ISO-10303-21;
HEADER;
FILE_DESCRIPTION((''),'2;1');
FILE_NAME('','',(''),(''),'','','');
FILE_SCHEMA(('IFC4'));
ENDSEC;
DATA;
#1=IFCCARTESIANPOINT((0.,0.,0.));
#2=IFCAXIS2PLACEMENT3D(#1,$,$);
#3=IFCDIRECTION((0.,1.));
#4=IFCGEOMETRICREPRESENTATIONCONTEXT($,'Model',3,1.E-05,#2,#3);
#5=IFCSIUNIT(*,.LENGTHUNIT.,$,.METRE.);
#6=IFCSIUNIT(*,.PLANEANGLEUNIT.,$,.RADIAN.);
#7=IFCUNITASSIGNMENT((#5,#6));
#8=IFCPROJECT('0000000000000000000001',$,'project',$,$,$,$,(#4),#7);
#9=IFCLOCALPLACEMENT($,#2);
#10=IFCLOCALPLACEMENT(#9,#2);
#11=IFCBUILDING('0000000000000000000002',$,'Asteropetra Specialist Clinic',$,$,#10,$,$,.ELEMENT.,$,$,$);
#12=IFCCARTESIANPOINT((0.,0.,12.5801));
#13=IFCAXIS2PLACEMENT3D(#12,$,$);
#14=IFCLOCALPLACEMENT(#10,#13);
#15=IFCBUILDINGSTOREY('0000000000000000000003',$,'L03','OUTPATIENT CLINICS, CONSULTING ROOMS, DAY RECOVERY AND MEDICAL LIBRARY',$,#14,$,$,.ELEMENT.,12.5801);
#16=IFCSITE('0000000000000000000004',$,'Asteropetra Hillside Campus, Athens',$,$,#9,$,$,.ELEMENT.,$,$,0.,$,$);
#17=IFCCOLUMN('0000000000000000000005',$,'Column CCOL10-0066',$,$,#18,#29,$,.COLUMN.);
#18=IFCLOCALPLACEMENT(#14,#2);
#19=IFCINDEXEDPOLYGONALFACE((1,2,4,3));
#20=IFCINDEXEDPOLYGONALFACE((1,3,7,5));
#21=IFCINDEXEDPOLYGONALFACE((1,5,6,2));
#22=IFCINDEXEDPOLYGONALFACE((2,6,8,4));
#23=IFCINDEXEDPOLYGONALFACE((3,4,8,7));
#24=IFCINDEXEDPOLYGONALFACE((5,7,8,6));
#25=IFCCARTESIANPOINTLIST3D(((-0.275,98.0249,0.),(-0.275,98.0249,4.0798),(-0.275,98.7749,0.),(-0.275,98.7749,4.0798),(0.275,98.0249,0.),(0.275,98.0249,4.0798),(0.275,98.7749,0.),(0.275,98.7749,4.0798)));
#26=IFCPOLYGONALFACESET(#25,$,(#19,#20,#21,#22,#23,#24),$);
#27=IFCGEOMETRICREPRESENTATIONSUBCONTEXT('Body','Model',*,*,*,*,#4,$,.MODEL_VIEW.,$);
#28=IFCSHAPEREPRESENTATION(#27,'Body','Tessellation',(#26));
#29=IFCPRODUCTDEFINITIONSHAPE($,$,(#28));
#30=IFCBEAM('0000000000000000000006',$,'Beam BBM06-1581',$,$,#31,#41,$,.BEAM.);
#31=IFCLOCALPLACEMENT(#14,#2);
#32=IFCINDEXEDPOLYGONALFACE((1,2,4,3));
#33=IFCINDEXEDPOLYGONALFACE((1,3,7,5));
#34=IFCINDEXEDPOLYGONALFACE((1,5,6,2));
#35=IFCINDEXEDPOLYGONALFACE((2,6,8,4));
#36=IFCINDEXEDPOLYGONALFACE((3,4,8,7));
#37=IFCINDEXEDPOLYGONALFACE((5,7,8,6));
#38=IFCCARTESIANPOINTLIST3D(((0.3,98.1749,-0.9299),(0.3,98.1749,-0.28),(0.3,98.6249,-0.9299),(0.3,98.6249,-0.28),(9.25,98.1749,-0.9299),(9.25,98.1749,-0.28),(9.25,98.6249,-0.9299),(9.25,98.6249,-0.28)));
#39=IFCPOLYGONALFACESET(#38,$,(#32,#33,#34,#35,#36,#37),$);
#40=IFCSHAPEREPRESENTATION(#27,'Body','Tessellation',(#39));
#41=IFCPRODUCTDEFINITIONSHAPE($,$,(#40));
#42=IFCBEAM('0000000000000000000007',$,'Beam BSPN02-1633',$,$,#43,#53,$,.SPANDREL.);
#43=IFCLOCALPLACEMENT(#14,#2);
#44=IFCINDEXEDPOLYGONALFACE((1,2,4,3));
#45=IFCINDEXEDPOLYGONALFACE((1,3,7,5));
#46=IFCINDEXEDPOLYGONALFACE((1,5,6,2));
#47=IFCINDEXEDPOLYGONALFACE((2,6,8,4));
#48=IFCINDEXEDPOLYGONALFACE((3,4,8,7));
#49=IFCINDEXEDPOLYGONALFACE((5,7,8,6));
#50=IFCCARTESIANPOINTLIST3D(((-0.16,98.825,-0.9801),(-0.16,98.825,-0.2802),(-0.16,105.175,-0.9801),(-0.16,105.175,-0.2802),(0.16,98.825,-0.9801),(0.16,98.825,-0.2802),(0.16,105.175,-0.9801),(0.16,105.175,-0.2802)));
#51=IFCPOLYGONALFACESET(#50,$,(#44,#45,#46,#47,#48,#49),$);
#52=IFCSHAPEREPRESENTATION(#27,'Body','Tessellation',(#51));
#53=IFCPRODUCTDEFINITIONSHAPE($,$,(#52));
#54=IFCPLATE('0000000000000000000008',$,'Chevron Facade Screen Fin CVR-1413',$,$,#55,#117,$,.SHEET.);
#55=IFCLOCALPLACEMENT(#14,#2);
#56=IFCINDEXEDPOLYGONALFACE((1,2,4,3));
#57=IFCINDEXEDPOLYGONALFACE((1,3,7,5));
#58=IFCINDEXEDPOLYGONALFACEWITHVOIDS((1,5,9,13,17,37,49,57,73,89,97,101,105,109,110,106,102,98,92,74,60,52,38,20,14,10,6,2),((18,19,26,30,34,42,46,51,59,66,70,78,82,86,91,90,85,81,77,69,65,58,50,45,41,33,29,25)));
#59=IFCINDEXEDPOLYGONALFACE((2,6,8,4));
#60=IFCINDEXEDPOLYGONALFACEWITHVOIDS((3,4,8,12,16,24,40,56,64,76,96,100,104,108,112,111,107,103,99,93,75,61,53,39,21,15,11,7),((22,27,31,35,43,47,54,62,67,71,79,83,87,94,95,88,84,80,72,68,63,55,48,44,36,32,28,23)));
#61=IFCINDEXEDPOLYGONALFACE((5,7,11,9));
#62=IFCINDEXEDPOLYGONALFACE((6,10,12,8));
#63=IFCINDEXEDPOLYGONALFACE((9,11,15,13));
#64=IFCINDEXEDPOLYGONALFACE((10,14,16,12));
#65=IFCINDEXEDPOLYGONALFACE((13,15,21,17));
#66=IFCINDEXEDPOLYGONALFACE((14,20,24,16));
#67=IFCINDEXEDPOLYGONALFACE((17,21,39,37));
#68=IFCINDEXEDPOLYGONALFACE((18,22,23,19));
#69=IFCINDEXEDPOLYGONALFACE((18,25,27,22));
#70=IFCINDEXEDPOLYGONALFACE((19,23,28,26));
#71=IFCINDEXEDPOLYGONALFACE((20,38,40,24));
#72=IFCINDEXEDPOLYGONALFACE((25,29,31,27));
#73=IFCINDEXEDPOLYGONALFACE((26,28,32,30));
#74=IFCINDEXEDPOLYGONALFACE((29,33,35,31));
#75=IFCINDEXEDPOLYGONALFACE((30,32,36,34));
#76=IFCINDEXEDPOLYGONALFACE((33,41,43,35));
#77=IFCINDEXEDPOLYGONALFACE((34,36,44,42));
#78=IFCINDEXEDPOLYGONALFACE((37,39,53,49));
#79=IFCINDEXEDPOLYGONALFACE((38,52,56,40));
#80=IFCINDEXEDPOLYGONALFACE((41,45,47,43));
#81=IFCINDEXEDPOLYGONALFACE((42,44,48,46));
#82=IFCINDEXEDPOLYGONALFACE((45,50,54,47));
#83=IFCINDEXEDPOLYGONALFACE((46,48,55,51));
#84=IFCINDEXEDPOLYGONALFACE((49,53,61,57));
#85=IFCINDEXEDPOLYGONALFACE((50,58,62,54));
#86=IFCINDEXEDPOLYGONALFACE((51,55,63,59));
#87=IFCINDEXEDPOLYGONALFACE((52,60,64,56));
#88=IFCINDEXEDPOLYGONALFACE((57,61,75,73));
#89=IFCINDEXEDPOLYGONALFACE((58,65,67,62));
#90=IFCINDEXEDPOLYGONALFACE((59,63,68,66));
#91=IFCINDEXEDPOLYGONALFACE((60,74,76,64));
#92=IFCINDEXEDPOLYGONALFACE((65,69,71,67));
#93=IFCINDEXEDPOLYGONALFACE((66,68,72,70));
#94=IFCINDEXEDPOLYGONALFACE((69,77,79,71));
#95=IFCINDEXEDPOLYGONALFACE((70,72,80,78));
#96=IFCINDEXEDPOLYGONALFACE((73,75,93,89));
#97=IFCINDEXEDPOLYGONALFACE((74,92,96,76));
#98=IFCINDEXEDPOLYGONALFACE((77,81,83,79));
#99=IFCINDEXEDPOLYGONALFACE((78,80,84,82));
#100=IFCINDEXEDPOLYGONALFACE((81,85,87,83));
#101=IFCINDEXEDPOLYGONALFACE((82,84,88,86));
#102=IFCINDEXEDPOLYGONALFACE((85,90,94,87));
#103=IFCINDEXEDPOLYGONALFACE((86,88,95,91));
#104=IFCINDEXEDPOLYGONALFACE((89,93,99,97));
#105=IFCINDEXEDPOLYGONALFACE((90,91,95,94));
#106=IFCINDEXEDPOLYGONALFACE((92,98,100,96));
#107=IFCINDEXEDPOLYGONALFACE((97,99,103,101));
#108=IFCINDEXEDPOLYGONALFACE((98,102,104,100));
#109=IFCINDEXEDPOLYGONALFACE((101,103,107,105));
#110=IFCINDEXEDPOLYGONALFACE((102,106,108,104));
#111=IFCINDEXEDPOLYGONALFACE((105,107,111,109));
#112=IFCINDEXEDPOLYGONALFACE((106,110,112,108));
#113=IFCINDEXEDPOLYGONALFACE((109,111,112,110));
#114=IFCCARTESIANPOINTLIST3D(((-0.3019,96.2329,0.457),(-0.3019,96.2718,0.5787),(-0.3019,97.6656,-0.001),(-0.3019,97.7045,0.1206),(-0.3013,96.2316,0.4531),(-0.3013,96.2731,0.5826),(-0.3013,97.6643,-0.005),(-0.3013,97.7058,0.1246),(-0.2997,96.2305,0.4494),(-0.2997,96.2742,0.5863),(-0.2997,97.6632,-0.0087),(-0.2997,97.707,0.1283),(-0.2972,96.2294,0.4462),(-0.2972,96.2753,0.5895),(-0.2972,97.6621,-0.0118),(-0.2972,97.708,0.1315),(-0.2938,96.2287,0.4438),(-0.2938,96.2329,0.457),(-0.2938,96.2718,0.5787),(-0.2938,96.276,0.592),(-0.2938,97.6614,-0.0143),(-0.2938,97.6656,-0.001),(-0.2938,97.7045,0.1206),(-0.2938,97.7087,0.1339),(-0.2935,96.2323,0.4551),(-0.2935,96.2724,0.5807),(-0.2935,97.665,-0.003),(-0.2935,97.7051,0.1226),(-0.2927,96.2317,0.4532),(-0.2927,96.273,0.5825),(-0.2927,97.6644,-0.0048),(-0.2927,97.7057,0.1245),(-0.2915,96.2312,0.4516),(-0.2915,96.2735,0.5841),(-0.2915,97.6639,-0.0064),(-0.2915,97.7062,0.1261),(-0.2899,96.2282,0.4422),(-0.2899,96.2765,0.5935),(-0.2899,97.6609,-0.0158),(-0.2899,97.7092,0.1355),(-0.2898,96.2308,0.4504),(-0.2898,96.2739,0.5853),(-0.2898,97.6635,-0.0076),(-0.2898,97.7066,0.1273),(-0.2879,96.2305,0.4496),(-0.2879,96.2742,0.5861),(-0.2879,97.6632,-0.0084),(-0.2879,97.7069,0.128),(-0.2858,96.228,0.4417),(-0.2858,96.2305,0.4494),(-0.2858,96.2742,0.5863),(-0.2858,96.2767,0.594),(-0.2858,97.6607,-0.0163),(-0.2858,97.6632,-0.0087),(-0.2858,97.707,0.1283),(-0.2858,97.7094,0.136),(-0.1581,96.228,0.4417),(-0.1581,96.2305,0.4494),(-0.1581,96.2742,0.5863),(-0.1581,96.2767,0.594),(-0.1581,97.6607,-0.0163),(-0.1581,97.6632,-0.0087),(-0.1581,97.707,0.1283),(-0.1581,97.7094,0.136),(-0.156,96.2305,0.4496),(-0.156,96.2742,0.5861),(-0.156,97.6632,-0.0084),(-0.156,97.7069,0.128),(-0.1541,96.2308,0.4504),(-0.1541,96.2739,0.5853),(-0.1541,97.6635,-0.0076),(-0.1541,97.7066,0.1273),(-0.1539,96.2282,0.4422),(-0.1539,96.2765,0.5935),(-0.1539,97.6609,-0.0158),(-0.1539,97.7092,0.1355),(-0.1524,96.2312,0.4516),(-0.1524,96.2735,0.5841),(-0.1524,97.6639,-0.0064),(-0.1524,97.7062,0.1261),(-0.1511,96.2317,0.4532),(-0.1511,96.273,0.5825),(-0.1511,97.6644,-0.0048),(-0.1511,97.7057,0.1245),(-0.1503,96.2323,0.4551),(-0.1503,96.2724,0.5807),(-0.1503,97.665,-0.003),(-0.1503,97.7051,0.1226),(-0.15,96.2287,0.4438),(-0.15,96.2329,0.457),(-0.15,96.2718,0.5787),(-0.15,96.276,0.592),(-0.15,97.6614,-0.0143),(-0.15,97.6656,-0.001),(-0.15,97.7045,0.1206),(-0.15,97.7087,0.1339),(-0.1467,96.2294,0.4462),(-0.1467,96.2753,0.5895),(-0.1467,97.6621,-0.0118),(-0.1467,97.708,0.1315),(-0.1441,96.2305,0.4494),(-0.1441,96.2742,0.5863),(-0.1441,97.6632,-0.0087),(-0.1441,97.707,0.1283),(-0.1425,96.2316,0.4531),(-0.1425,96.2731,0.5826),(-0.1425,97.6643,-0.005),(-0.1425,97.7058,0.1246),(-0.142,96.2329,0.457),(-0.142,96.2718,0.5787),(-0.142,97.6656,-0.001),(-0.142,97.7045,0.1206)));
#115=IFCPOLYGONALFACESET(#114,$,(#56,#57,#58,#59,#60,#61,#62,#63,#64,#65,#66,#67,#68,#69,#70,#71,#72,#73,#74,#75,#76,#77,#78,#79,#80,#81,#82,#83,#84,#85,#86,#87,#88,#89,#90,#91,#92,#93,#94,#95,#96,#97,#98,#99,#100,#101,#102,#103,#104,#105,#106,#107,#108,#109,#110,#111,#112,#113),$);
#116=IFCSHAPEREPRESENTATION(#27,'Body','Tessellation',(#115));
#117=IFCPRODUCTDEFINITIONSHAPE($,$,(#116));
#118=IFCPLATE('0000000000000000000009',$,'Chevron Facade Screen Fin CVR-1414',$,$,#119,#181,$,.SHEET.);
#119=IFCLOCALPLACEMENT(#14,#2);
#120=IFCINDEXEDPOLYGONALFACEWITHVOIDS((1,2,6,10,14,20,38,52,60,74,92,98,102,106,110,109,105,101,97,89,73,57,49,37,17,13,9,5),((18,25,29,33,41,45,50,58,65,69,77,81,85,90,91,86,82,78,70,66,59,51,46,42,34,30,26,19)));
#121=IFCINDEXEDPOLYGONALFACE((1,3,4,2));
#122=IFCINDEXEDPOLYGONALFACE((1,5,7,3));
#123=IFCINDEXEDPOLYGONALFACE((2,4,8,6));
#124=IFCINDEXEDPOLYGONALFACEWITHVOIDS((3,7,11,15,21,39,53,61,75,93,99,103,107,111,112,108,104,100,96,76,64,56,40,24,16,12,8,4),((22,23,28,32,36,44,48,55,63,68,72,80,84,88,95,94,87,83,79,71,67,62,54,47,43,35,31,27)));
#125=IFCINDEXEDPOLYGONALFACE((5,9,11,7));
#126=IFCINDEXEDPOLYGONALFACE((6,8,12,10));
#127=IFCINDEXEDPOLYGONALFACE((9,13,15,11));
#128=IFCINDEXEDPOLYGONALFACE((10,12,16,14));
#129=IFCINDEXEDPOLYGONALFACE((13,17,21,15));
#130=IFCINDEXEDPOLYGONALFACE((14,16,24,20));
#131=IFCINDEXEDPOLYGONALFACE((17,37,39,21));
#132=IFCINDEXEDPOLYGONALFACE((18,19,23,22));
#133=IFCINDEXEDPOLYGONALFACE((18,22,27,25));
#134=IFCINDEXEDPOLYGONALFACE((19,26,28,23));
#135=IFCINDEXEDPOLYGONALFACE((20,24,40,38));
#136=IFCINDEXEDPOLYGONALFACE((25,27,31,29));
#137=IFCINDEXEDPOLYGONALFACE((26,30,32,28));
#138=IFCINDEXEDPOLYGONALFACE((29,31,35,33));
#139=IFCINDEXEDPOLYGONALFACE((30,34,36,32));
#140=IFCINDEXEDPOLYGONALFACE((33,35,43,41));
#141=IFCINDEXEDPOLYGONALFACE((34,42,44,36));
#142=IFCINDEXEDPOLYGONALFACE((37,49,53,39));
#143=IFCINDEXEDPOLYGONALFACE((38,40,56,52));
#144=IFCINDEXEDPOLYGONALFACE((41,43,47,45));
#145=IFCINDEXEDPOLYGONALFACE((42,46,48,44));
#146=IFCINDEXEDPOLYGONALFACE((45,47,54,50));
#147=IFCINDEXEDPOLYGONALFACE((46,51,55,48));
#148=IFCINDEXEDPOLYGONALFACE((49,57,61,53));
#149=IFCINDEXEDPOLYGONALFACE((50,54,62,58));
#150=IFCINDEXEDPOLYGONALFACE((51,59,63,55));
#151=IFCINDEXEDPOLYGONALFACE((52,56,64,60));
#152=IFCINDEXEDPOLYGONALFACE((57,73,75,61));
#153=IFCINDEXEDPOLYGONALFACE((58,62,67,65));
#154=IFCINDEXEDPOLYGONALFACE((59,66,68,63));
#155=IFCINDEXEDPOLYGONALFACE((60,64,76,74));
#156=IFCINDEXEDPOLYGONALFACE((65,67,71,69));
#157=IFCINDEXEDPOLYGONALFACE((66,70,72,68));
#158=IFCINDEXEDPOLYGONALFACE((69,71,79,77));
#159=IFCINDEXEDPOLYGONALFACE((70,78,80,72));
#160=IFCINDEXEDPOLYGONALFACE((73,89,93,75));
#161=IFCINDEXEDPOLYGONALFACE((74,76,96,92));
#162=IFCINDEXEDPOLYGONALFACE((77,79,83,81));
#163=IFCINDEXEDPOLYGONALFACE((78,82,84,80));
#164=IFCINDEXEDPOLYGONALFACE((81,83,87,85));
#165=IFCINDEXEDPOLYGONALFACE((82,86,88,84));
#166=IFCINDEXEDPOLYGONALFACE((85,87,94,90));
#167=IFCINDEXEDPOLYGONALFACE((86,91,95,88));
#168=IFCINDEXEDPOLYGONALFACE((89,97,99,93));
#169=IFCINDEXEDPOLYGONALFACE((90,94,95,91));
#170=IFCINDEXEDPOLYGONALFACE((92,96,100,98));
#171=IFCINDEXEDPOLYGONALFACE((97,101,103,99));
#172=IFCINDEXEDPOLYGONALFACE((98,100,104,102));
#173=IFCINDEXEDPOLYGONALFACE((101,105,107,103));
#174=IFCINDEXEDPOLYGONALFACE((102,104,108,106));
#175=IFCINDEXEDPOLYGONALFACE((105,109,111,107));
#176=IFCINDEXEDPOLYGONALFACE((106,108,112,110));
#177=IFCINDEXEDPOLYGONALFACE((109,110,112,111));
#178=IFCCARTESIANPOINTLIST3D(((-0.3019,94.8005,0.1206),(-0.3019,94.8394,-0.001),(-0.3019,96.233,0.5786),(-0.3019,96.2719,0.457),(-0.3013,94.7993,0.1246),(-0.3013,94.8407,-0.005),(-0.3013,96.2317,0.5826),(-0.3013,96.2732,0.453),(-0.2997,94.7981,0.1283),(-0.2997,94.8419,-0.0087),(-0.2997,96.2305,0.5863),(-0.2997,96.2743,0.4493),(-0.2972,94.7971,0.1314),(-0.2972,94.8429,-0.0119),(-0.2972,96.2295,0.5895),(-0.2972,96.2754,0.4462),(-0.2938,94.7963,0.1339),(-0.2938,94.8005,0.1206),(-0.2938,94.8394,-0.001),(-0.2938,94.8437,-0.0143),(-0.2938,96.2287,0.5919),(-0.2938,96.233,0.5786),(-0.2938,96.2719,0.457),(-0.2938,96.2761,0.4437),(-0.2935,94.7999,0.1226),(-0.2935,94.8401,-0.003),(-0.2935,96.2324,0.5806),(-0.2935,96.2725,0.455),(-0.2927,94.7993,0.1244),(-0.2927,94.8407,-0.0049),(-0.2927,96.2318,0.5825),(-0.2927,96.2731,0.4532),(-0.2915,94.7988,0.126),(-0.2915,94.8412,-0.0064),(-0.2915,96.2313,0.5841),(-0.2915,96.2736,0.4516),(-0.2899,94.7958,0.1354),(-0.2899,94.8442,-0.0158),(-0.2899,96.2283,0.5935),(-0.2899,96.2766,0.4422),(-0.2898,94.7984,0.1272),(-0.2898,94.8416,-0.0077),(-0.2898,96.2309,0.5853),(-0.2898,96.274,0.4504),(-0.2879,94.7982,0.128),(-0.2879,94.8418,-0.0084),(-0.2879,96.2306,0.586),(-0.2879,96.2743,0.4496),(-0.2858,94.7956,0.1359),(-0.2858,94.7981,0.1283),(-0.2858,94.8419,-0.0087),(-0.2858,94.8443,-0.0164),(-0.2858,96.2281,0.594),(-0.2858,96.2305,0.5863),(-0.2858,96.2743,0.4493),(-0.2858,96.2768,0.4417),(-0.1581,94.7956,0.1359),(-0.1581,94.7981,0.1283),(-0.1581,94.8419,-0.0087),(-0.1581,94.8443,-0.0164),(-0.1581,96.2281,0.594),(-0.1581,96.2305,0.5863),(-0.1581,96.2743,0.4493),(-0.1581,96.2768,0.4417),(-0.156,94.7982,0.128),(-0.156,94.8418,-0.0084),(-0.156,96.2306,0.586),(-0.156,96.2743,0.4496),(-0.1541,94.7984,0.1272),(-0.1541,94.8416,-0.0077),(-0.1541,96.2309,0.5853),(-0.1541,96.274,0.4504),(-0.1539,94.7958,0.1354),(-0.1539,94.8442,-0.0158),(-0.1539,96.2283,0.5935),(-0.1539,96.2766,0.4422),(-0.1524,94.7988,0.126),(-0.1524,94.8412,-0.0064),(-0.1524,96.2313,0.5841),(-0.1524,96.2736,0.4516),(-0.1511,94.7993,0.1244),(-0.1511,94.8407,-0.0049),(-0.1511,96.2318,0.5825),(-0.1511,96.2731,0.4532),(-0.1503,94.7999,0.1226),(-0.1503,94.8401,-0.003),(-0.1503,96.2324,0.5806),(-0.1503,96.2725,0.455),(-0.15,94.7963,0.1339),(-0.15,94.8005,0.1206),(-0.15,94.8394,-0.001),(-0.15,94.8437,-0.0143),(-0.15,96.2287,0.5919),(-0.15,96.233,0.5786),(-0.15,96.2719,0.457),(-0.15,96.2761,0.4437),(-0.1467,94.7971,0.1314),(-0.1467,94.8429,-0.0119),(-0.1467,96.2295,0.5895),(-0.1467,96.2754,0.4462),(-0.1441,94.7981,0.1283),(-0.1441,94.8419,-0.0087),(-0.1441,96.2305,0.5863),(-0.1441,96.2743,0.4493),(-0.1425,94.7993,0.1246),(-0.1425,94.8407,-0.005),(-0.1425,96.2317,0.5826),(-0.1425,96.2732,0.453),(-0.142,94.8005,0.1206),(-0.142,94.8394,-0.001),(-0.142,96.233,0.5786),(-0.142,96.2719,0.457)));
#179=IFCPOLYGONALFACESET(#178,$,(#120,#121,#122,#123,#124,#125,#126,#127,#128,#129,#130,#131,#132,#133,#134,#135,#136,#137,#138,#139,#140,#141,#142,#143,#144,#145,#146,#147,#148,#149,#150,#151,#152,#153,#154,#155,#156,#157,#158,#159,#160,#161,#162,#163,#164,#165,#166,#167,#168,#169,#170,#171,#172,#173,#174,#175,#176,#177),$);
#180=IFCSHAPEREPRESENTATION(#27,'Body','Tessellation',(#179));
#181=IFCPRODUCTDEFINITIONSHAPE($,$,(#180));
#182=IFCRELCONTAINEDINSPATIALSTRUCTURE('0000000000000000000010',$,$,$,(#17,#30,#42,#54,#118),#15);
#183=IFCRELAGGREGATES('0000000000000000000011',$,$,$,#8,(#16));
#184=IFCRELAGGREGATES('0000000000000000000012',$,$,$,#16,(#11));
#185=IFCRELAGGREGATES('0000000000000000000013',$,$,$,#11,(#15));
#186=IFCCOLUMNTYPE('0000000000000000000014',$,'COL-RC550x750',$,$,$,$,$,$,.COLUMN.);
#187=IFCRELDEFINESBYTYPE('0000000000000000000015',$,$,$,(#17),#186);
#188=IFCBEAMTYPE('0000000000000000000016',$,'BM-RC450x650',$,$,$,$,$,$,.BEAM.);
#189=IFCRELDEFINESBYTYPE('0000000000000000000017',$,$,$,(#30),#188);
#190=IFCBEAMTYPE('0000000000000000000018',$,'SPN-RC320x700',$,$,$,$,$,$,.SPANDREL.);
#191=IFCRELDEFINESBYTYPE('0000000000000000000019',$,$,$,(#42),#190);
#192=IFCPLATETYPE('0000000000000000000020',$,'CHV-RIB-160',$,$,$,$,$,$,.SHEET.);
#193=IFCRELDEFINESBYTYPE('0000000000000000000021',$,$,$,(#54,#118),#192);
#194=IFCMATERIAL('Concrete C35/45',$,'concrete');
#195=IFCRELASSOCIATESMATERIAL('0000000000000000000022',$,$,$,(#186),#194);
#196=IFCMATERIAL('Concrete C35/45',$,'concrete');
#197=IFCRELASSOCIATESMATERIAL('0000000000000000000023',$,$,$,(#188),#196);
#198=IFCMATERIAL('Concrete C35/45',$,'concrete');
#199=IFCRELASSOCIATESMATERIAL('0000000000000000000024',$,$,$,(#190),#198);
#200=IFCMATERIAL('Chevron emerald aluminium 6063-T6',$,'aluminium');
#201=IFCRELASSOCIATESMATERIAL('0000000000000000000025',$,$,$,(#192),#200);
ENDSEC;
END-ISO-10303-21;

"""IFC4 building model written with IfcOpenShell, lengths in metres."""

from ifc_helpers import new_model, si_unit, direction, frame, origin, origin_2d, place, context, subcontext, project, spatial, rectangle, hollow_rectangle, extrude, material, material_profile, profile_set, type_object, element, save


model = new_model("IFC4")

# Units and contexts
model_context = context("Model", 3, precision=1e-05, world=origin(), true_north=direction((0.0, 1.0)))
body_context = subcontext(model_context, "Body", "Model", "MODEL_VIEW")
ifc_project = project(units=[si_unit("LENGTHUNIT", "METRE"), si_unit("PLANEANGLEUNIT", "RADIAN")], contexts=[model_context])

# Site, building, storey
site_placement = place(None, origin())
site = spatial("IfcSite", under=ifc_project, at=site_placement, Name="Asteropetra Hillside Campus, Athens", CompositionType="ELEMENT", RefElevation=0.0)
building_placement = place(site_placement, origin())
building = spatial("IfcBuilding", under=site, at=building_placement, Name="Asteropetra Specialist Clinic", CompositionType="ELEMENT")
storey_placement = place(building_placement, frame((0.0, 0.0, 12.5801)))
storey = spatial("IfcBuildingStorey", under=building, at=storey_placement, Name="L03", Description="OUTPATIENT CLINICS, CONSULTING ROOMS, DAY RECOVERY AND MEDICAL LIBRARY", CompositionType="ELEMENT", Elevation=12.5801)

# Column
ifc_material_1 = material(Name="Concrete C35/45", Category="concrete")
ifc_material_profile_1 = material_profile(ifc_material_1, rectangle(XDim=0.55, YDim=0.75, at=origin_2d()), Name="RC 550x750")
ifc_profile_set_1 = profile_set([ifc_material_profile_1], Name="Concrete C35/45")
column_type = type_object("IfcColumnType", Name="COL-RC550x750", PredefinedType="COLUMN", material=ifc_profile_set_1)
column_placement = place(storey_placement, frame((0.0, 98.3999, 0.0), z_axis=(0.0, 0.0, 1.0), x_axis=(1.0, 0.0, 0.0)))
element("IfcColumn", 1, at=column_placement, inside=storey, type_object=column_type, Name="Column CCOL10-0066", PredefinedType="COLUMN", context=body_context, shape_type="SweptSolid", body=[
    extrude(rectangle(XDim=0.55, YDim=0.75, at=origin_2d()), origin(), (0.0, 0.0, 1.0), 4.0798),
])

# Beams
ifc_material_2 = material(Name="Concrete C35/45", Category="concrete")
ifc_material_profile_2 = material_profile(ifc_material_2, rectangle(XDim=0.45, YDim=0.6499, at=origin_2d()), Name="RCB 450x650")
ifc_profile_set_2 = profile_set([ifc_material_profile_2], Name="Concrete C35/45")
beam_type_1 = type_object("IfcBeamType", Name="BM-RC450x650", PredefinedType="BEAM", material=ifc_profile_set_2)
beam_1_placement = place(storey_placement, frame((0.3, 98.3999, -0.605), z_axis=(1.0, 0.0, 0.0), x_axis=(0.0, 1.0, 0.0)))
element("IfcBeam", 2, at=beam_1_placement, inside=storey, type_object=beam_type_1, Name="Beam BBM06-1581", PredefinedType="BEAM", context=body_context, shape_type="SweptSolid", body=[
    extrude(rectangle(XDim=0.45, YDim=0.6499, at=origin_2d()), origin(), (0.0, 0.0, 1.0), 8.95),
])
ifc_material_3 = material(Name="Concrete C35/45", Category="concrete")
ifc_material_profile_3 = material_profile(ifc_material_3, rectangle(XDim=0.3201, YDim=0.7, at=origin_2d()), Name="RCS 320x700")
ifc_profile_set_3 = profile_set([ifc_material_profile_3], Name="Concrete C35/45")
beam_type_2 = type_object("IfcBeamType", Name="SPN-RC320x700", PredefinedType="SPANDREL", material=ifc_profile_set_3)
beam_2_placement = place(storey_placement, frame((0.0, 98.825, -0.6301), z_axis=(0.0, 1.0, 0.0), x_axis=(-1.0, 0.0, 0.0)))
element("IfcBeam", 3, at=beam_2_placement, inside=storey, type_object=beam_type_2, Name="Beam BSPN02-1633", PredefinedType="SPANDREL", context=body_context, shape_type="SweptSolid", body=[
    extrude(rectangle(XDim=0.3201, YDim=0.7, at=origin_2d()), origin(), (0.0, 0.0, 1.0), 6.3501),
])

# Plates
ifc_material_4 = material(Name="Chevron emerald aluminium 6063-T6", Category="aluminium")
ifc_material_profile_4 = material_profile(ifc_material_4, hollow_rectangle(XDim=0.1599, YDim=0.1599, WallThickness=0.0081, InnerFilletRadius=0.0081, OuterFilletRadius=0.0161, at=origin_2d()), Name="SHS 160x160x8.0")
ifc_profile_set_4 = profile_set([ifc_material_profile_4], Name="Chevron emerald aluminium 6063-T6")
plate_type_1 = type_object("IfcPlateType", Name="CHV-RIB-160", PredefinedType="SHEET", material=ifc_profile_set_4)
plate_1_placement = place(storey_placement, frame((-0.2219, 97.6851, 0.0598), z_axis=(0.0, -0.952507, 0.304517), x_axis=(1.0, 0.0, 0.0)))
element("IfcPlate", 4, at=plate_1_placement, inside=storey, type_object=plate_type_1, Name="Chevron Facade Screen Fin CVR-1413", PredefinedType="SHEET", context=body_context, shape_type="SweptSolid", body=[
    extrude(hollow_rectangle(XDim=0.1599, YDim=0.1599, WallThickness=0.0081, InnerFilletRadius=0.0081, OuterFilletRadius=0.0161, at=origin_2d()), origin(), (0.0, 0.0, 1.0), 1.5042),
])
plate_2_placement = place(storey_placement, frame((-0.2219, 96.2524, 0.5178), z_axis=(0.0, -0.952492, -0.304564), x_axis=(1.0, 0.0, 0.0)))
element("IfcPlate", 5, at=plate_2_placement, inside=storey, type_object=plate_type_1, Name="Chevron Facade Screen Fin CVR-1414", PredefinedType="SHEET", context=body_context, shape_type="SweptSolid", body=[
    extrude(hollow_rectangle(XDim=0.1599, YDim=0.1599, WallThickness=0.0081, InnerFilletRadius=0.0081, OuterFilletRadius=0.0161, at=origin_2d()), origin(), (0.0, 0.0, 1.0), 1.5039),
])

save(model, "model.ifc")
